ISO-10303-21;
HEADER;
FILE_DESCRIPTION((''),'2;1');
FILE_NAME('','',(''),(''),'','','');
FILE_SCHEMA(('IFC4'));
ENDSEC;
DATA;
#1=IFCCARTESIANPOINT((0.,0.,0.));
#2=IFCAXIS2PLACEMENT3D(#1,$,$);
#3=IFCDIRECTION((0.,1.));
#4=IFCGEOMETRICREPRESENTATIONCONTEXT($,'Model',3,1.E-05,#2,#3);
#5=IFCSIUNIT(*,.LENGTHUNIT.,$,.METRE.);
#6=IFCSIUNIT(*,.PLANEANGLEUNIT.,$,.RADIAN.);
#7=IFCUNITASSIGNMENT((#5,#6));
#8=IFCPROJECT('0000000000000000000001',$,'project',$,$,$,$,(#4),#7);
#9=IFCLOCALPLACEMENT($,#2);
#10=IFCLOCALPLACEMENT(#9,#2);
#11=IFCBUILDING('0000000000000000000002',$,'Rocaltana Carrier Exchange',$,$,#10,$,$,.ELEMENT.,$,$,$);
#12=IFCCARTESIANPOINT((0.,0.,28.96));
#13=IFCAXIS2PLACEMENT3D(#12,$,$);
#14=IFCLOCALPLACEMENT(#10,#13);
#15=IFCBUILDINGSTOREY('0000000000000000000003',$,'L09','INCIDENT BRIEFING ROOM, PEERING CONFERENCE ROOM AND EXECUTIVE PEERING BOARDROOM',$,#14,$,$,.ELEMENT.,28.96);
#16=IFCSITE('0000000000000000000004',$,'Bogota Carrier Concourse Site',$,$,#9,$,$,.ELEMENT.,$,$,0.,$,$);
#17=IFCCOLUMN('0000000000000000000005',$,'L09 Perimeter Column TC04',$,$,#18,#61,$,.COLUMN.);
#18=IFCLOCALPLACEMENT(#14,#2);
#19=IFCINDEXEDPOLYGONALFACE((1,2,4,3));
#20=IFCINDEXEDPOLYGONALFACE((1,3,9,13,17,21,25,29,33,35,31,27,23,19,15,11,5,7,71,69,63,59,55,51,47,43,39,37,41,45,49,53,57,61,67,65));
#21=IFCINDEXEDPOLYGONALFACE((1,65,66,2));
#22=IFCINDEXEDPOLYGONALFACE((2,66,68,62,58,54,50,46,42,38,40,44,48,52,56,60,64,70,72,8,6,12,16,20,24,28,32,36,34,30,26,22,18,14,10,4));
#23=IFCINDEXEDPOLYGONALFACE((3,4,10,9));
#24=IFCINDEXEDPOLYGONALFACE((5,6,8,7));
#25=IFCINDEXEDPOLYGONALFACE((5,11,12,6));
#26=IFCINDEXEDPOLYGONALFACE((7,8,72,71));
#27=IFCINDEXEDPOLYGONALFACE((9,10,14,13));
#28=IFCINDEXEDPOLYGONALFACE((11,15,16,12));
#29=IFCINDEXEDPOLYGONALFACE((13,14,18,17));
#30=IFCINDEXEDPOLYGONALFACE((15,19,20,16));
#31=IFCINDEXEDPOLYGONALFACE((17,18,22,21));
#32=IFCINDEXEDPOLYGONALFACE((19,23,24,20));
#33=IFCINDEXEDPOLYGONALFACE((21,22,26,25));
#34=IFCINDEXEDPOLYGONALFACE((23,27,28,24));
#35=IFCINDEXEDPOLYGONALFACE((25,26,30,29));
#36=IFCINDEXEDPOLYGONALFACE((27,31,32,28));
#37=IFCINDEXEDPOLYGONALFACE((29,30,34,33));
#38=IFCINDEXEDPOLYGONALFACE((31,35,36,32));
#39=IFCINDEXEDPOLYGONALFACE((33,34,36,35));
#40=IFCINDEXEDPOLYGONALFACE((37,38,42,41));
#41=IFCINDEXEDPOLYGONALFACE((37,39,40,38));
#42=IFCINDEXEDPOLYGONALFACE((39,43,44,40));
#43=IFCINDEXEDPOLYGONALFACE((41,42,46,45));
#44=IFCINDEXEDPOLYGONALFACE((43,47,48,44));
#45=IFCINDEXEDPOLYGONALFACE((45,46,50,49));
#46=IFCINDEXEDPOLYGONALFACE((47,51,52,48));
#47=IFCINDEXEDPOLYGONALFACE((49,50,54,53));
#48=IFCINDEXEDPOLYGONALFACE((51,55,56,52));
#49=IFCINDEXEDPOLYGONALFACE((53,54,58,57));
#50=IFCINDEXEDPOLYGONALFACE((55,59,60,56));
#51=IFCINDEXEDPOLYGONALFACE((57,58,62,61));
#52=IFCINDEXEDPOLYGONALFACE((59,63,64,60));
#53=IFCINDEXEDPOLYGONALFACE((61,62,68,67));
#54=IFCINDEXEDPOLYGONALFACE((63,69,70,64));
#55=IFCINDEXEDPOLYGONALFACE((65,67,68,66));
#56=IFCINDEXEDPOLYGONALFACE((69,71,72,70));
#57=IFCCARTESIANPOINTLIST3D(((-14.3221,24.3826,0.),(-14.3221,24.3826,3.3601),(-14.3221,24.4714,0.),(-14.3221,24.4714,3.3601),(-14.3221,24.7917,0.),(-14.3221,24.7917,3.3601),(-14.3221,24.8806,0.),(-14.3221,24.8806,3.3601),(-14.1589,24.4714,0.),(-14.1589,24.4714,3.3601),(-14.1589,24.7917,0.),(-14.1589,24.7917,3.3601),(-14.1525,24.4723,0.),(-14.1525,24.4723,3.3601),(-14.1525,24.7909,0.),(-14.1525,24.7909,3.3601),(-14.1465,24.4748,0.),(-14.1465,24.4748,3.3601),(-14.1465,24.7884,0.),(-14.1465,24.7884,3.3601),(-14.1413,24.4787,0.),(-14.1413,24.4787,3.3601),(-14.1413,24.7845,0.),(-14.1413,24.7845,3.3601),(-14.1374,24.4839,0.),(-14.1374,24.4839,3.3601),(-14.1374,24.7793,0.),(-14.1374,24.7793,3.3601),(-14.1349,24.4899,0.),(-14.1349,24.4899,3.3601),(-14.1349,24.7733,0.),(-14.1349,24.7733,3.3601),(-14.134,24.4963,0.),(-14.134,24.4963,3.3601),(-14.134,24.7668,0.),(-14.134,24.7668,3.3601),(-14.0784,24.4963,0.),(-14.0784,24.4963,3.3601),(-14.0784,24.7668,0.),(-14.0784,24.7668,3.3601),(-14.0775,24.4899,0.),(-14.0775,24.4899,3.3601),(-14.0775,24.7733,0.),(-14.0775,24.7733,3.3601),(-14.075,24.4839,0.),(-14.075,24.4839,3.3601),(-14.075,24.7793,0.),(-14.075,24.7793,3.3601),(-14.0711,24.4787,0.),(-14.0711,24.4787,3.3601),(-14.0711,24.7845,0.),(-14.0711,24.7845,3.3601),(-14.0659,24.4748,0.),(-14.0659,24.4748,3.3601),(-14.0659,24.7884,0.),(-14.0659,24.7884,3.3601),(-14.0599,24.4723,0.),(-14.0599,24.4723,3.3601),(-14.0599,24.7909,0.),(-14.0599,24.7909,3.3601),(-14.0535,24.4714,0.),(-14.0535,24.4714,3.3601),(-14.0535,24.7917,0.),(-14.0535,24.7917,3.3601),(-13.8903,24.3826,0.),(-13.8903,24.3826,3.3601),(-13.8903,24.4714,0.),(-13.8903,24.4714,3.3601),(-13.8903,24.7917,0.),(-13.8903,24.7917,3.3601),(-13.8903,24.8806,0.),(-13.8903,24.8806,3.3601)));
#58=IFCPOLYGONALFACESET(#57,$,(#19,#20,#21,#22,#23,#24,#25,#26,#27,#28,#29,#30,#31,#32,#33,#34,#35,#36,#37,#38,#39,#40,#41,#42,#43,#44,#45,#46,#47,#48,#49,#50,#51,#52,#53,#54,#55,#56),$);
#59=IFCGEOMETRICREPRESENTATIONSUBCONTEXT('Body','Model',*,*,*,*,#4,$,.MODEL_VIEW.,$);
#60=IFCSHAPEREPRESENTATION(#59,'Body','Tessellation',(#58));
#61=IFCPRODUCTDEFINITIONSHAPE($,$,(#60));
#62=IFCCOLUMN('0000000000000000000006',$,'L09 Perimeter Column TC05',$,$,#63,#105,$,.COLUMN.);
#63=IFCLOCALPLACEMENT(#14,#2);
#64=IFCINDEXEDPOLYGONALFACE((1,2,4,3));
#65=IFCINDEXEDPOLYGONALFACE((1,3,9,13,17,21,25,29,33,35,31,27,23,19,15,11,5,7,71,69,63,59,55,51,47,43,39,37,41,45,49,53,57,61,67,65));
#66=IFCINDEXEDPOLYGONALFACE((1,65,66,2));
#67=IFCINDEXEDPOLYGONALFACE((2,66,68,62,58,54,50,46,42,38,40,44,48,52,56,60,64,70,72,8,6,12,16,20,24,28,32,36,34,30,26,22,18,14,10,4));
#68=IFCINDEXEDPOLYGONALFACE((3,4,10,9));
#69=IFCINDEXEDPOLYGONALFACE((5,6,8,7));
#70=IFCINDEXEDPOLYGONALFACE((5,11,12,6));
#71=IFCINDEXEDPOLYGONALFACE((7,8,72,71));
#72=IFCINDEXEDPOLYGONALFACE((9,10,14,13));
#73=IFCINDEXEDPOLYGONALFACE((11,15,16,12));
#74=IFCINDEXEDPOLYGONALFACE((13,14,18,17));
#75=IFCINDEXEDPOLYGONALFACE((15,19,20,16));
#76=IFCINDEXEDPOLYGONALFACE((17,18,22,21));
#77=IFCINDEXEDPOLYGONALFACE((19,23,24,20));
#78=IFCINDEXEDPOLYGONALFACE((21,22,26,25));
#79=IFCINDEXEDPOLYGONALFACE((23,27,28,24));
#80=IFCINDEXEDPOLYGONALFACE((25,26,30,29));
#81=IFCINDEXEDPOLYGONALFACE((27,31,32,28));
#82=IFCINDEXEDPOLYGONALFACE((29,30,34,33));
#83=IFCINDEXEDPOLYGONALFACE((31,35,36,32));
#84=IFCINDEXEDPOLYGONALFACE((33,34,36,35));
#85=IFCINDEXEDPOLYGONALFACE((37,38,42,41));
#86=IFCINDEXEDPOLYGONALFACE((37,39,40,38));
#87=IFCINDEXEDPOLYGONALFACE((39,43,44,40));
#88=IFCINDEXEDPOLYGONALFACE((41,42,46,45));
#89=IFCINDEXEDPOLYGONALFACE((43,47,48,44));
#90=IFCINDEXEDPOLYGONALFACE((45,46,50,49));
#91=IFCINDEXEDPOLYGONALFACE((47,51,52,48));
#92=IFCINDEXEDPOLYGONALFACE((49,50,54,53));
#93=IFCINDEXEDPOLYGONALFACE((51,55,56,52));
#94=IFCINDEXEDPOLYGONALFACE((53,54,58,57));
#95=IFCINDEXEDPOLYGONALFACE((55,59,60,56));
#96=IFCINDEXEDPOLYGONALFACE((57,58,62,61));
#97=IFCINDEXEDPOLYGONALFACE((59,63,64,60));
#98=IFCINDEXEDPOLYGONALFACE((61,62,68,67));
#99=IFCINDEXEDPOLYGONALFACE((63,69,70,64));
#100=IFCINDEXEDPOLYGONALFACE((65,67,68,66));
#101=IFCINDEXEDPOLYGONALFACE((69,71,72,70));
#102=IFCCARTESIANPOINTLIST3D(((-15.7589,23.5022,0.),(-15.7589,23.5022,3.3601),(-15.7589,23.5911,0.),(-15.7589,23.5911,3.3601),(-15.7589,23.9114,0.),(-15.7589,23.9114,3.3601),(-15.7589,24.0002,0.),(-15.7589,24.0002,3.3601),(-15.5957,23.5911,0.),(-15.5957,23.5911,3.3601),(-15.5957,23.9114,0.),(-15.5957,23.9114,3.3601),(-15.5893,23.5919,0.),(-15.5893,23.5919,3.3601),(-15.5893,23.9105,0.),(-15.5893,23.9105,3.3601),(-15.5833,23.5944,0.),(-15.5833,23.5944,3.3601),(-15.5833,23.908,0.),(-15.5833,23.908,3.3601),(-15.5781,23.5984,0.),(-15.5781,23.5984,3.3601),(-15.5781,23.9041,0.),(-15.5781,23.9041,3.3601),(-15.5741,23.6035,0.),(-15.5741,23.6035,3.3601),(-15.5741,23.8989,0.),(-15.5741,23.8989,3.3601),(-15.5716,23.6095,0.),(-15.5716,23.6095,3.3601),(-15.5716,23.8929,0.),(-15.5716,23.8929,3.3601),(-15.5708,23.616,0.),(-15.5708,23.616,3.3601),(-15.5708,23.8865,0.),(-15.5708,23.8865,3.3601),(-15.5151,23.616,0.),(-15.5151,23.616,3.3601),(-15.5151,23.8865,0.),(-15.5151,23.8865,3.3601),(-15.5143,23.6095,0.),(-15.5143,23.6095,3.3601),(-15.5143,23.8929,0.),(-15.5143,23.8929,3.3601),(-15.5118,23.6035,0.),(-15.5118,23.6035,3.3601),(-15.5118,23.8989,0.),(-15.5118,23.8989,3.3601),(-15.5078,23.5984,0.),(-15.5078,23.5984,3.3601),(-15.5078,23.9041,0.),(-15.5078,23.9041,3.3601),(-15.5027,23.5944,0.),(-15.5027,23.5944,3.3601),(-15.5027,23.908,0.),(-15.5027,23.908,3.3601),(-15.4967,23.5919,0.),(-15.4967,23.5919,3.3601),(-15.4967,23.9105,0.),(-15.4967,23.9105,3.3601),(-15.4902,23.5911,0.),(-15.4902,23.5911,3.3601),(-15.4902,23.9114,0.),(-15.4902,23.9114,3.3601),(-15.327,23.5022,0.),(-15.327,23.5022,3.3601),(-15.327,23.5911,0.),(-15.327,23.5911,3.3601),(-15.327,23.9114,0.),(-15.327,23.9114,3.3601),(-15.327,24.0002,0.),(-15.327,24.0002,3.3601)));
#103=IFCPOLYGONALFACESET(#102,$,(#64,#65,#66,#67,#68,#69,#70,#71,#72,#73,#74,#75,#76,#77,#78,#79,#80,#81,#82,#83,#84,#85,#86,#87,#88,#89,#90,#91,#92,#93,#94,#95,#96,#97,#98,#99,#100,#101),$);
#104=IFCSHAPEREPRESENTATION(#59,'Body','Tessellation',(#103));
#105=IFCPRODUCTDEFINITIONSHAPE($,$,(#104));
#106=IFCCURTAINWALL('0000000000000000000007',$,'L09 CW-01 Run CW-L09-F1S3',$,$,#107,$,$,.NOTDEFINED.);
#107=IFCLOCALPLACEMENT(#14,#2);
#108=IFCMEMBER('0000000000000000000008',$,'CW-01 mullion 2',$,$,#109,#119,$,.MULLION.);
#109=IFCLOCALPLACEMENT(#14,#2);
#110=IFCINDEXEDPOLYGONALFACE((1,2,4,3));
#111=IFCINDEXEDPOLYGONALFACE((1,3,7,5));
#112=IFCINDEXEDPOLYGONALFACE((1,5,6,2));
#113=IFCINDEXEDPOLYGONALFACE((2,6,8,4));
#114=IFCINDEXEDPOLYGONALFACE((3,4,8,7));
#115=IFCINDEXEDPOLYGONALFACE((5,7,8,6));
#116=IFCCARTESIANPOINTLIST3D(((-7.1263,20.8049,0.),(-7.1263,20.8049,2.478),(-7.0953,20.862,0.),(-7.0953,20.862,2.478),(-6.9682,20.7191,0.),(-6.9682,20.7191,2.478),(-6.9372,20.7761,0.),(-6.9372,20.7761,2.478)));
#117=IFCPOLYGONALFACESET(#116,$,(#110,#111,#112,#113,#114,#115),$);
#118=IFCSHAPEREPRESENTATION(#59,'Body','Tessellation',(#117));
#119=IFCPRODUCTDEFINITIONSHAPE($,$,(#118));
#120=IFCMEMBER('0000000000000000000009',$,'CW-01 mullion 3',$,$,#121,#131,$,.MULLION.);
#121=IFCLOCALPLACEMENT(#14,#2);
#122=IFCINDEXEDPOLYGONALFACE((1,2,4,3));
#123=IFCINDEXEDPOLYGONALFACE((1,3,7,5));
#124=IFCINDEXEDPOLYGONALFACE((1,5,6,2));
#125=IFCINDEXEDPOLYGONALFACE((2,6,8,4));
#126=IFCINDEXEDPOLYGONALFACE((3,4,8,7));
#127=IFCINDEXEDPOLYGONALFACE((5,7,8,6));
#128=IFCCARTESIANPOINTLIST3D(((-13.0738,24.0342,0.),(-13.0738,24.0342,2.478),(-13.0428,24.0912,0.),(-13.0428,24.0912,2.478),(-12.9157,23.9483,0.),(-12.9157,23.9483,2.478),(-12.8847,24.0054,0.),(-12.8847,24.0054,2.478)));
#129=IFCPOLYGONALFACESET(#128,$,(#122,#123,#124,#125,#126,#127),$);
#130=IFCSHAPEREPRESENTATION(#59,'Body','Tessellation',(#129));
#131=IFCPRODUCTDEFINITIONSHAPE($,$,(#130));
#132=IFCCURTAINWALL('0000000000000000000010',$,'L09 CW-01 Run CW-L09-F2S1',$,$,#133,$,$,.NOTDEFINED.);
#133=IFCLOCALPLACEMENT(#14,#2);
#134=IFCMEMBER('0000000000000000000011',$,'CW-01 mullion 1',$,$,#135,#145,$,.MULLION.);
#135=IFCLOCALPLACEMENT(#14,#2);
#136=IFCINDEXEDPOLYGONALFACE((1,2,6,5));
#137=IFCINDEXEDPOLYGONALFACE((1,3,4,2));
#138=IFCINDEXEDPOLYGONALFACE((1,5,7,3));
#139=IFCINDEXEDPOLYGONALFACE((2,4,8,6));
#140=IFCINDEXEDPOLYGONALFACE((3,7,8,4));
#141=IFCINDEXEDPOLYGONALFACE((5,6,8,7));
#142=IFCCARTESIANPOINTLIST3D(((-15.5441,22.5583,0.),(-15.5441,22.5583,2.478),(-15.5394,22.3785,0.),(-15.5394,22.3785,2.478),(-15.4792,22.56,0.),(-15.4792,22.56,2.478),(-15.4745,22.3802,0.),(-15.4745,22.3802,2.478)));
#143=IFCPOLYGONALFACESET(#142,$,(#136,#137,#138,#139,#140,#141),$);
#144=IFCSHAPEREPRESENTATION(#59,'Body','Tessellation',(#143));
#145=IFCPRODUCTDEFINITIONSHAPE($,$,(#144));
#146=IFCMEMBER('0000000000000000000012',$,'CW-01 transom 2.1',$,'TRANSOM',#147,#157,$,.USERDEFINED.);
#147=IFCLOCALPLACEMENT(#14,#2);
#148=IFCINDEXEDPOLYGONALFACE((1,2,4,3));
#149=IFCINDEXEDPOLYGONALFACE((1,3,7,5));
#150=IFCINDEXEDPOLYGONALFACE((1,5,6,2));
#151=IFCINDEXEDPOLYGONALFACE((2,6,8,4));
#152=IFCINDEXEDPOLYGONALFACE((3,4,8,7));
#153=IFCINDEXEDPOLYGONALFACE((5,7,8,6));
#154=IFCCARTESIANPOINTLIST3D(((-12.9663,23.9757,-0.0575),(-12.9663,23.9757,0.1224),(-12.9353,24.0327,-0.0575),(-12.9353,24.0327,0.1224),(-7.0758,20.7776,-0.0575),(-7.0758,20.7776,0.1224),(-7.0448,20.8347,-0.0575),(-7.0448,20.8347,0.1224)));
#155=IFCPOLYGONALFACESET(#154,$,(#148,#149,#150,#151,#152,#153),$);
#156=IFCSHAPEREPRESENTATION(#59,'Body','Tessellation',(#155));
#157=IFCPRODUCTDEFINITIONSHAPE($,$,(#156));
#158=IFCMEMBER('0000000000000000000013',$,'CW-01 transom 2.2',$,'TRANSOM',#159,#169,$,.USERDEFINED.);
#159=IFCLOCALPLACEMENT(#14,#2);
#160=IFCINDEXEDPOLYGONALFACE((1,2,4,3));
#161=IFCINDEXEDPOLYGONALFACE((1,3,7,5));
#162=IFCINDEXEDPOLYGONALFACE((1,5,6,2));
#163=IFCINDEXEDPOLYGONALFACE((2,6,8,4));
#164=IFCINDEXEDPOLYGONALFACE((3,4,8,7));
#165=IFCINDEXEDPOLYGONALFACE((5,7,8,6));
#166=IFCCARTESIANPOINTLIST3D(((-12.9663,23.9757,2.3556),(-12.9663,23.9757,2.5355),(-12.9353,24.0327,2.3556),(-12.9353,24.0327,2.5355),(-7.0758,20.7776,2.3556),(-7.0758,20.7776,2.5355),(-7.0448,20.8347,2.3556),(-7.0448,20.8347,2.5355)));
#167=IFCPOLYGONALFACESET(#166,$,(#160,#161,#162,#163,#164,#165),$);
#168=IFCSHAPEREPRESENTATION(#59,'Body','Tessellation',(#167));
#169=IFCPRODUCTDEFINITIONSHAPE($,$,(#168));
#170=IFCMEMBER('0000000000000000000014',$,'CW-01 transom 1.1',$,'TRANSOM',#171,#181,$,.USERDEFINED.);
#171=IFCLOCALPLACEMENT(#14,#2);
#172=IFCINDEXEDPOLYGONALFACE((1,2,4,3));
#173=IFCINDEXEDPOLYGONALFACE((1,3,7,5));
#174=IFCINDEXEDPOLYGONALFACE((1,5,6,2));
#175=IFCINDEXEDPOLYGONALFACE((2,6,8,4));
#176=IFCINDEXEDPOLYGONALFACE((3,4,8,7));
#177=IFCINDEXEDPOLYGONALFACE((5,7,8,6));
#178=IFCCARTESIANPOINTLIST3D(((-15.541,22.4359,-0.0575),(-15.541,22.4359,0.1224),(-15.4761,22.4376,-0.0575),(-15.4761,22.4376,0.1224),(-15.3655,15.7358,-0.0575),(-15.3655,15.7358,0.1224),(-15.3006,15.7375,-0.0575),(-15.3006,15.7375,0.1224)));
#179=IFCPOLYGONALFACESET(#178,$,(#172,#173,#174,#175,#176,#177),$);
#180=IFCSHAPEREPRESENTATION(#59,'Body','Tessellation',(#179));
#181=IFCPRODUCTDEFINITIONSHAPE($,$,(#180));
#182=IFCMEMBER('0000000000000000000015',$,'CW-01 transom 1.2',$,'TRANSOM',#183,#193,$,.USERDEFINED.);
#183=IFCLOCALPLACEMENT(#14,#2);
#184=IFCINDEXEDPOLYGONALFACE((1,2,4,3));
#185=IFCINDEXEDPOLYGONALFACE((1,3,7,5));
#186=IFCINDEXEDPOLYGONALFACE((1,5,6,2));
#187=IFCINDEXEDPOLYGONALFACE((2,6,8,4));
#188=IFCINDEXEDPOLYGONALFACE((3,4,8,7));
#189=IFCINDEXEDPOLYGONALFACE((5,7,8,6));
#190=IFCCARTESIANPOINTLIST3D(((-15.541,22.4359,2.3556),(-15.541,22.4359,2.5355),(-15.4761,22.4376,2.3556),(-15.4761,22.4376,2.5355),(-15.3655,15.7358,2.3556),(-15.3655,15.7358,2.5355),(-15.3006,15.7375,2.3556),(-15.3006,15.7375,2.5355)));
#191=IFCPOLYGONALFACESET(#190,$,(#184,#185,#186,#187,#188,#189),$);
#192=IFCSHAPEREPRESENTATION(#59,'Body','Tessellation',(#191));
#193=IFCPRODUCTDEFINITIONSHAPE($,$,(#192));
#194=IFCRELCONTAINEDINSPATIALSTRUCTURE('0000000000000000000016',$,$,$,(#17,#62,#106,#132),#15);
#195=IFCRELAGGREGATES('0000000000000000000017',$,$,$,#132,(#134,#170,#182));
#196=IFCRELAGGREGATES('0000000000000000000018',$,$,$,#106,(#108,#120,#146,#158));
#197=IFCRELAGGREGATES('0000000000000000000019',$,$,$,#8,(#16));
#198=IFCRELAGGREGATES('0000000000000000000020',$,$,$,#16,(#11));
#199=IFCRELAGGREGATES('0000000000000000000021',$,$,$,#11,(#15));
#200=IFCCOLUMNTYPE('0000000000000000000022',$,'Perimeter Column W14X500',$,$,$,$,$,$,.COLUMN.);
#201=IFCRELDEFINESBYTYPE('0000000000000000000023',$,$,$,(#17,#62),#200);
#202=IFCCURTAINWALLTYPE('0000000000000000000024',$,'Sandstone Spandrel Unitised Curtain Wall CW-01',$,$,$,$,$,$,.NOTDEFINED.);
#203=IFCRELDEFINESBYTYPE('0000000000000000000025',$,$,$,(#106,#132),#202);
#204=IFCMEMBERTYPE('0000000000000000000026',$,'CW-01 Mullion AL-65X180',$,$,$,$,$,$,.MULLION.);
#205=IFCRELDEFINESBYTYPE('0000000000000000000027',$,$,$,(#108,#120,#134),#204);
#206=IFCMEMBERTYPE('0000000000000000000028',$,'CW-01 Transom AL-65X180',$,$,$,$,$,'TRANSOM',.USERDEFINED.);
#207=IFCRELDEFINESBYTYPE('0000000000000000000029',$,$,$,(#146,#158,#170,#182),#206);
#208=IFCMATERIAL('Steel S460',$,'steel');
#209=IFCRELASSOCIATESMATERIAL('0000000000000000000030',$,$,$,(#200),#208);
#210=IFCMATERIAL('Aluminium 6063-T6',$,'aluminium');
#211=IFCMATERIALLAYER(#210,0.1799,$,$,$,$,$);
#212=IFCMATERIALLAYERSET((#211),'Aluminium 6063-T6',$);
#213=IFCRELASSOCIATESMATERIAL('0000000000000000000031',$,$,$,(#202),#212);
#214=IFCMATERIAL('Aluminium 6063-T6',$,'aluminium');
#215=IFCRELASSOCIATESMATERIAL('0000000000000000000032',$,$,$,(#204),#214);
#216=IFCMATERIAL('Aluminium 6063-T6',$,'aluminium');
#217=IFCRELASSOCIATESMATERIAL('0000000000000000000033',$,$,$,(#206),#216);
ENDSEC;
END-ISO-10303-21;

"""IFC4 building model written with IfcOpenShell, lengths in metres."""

from ifc_helpers import new_model, si_unit, direction, frame, origin, origin_2d, place, context, subcontext, project, spatial, rectangle, i_section, extrude, material, layer, layer_set, material_profile, profile_set, type_object, element, aggregate, save


model = new_model("IFC4")

# Units and contexts
model_context = context("Model", 3, precision=1e-05, world=origin(), true_north=direction((0.0, 1.0)))
body_context = subcontext(model_context, "Body", "Model", "MODEL_VIEW")
ifc_project = project(units=[si_unit("LENGTHUNIT", "METRE"), si_unit("PLANEANGLEUNIT", "RADIAN")], contexts=[model_context])

# Site, building, storey
site_placement = place(None, origin())
site = spatial("IfcSite", under=ifc_project, at=site_placement, Name="Bogota Carrier Concourse Site", CompositionType="ELEMENT", RefElevation=0.0)
building_placement = place(site_placement, origin())
building = spatial("IfcBuilding", under=site, at=building_placement, Name="Rocaltana Carrier Exchange", CompositionType="ELEMENT")
storey_placement = place(building_placement, frame((0.0, 0.0, 28.96)))
storey = spatial("IfcBuildingStorey", under=building, at=storey_placement, Name="L09", Description="INCIDENT BRIEFING ROOM, PEERING CONFERENCE ROOM AND EXECUTIVE PEERING BOARDROOM", CompositionType="ELEMENT", Elevation=28.96)

# Columns
ifc_material_1 = material(Name="Steel S460", Category="steel")
ifc_material_profile_1 = material_profile(ifc_material_1, i_section(OverallWidth=0.4319, OverallDepth=0.498, WebThickness=0.0557, FlangeThickness=0.0889, FilletRadius=0.0249, at=origin_2d()), Name="W14X500")
ifc_profile_set_1 = profile_set([ifc_material_profile_1], Name="Steel S460")
column_type = type_object("IfcColumnType", Name="Perimeter Column W14X500", PredefinedType="COLUMN", material=ifc_profile_set_1)
for number, where, z_axis, x_axis, name in (
    (1, (-14.1062, 24.6316, 0.0), (0.0, 0.0, 1.0), (1.0, 0.0, 0.0), "L09 Perimeter Column TC04"),
    (2, (-15.543, 23.7512, 0.0), (0.0, 0.0, 1.0), (1.0, 0.0, 0.0), "L09 Perimeter Column TC05"),
):
    element("IfcColumn", number, at=place(storey_placement, frame(where, z_axis=z_axis, x_axis=x_axis)), inside=storey, type_object=column_type, Name=name, PredefinedType="COLUMN", context=body_context, shape_type="SweptSolid", body=[
        extrude(i_section(OverallWidth=0.4319, OverallDepth=0.498, WebThickness=0.0557, FlangeThickness=0.0889, FilletRadius=0.0249, at=origin_2d()), origin(), (0.0, 0.0, 1.0), 3.3601),
    ])

# Curtain wall, members
ifc_material_2 = material(Name="Aluminium 6063-T6", Category="aluminium")
ifc_layer_1 = layer(ifc_material_2, 0.1799)
ifc_layer_set_1 = layer_set([ifc_layer_1], Name="Aluminium 6063-T6")
curtain_wall_type = type_object("IfcCurtainWallType", Name="Sandstone Spandrel Unitised Curtain Wall CW-01", PredefinedType="NOTDEFINED", material=ifc_layer_set_1)
curtain_wall_1_placement = place(storey_placement, origin())
curtain_wall_1 = element("IfcCurtainWall", 3, at=curtain_wall_1_placement, inside=storey, type_object=curtain_wall_type, Name="L09 CW-01 Run CW-L09-F1S3", PredefinedType="NOTDEFINED")
ifc_material_3 = material(Name="Aluminium 6063-T6", Category="aluminium")
ifc_material_profile_2 = material_profile(ifc_material_3, rectangle(XDim=0.0649, YDim=0.1799, at=origin_2d()), Name="AL-65X180")
ifc_profile_set_2 = profile_set([ifc_material_profile_2], Name="Aluminium 6063-T6")
member_type_1 = type_object("IfcMemberType", Name="CW-01 Mullion AL-65X180", PredefinedType="MULLION", material=ifc_profile_set_2)
member_1_placement = place(storey_placement, frame((-7.0317, 20.7905, 0.0), z_axis=(0.0, 0.0, 1.0), x_axis=(-0.477156, -0.878819, 0.0)))
member_1 = element("IfcMember", 4, at=member_1_placement, type_object=member_type_1, Name="CW-01 mullion 2", PredefinedType="MULLION", context=body_context, shape_type="SweptSolid", body=[
    extrude(rectangle(XDim=0.0649, YDim=0.1799, at=origin_2d()), origin(), (0.0, 0.0, 1.0), 2.478),
])
member_2_placement = place(storey_placement, frame((-12.9792, 24.0198, 0.0), z_axis=(0.0, 0.0, 1.0), x_axis=(-0.477156, -0.878819, 0.0)))
member_2 = element("IfcMember", 5, at=member_2_placement, type_object=member_type_1, Name="CW-01 mullion 3", PredefinedType="MULLION", context=body_context, shape_type="SweptSolid", body=[
    extrude(rectangle(XDim=0.0649, YDim=0.1799, at=origin_2d()), origin(), (0.0, 0.0, 1.0), 2.478),
])

# Curtain wall, member
curtain_wall_2_placement = place(storey_placement, origin())
curtain_wall_2 = element("IfcCurtainWall", 6, at=curtain_wall_2_placement, inside=storey, type_object=curtain_wall_type, Name="L09 CW-01 Run CW-L09-F2S1", PredefinedType="NOTDEFINED")
member_3_placement = place(storey_placement, frame((-15.5093, 22.4692, 0.0), z_axis=(0.0, 0.0, 1.0), x_axis=(0.999657, 0.026184, 0.0)))
member_3 = element("IfcMember", 7, at=member_3_placement, type_object=member_type_1, Name="CW-01 mullion 1", PredefinedType="MULLION", context=body_context, shape_type="SweptSolid", body=[
    extrude(rectangle(XDim=0.0649, YDim=0.1799, at=origin_2d()), origin(), (0.0, 0.0, 1.0), 2.478),
])

# Members
ifc_material_4 = material(Name="Aluminium 6063-T6", Category="aluminium")
ifc_material_profile_3 = material_profile(ifc_material_4, rectangle(XDim=0.0649, YDim=0.1799, at=origin_2d()), Name="AL-65X180")
ifc_profile_set_3 = profile_set([ifc_material_profile_3], Name="Aluminium 6063-T6")
member_type_2 = type_object("IfcMemberType", Name="CW-01 Transom AL-65X180", ElementType="TRANSOM", PredefinedType="USERDEFINED", material=ifc_profile_set_3)
member_4_placement = place(storey_placement, frame((-7.0603, 20.8062, 0.0325), z_axis=(-0.878831, 0.477134, 0.0), x_axis=(-0.477134, -0.878831, 0.0)))
member_4 = element("IfcMember", 8, at=member_4_placement, type_object=member_type_2, Name="CW-01 transom 2.1", ObjectType="TRANSOM", PredefinedType="USERDEFINED", context=body_context, shape_type="SweptSolid", body=[
    extrude(rectangle(XDim=0.0649, YDim=0.1799, at=origin_2d()), origin(), (0.0, 0.0, 1.0), 6.7026),
])
member_5_placement = place(storey_placement, frame((-7.0603, 20.8062, 2.4456), z_axis=(-0.878831, 0.477134, 0.0), x_axis=(-0.477134, -0.878831, 0.0)))
member_5 = element("IfcMember", 9, at=member_5_placement, type_object=member_type_2, Name="CW-01 transom 2.2", ObjectType="TRANSOM", PredefinedType="USERDEFINED", context=body_context, shape_type="SweptSolid", body=[
    extrude(rectangle(XDim=0.0649, YDim=0.1799, at=origin_2d()), origin(), (0.0, 0.0, 1.0), 6.7026),
])
member_6_placement = place(storey_placement, frame((-15.5085, 22.4368, 0.0325), z_axis=(0.02619, -0.999657, 0.0), x_axis=(0.999657, 0.02619, 0.0)))
member_6 = element("IfcMember", 10, at=member_6_placement, type_object=member_type_2, Name="CW-01 transom 1.1", ObjectType="TRANSOM", PredefinedType="USERDEFINED", context=body_context, shape_type="SweptSolid", body=[
    extrude(rectangle(XDim=0.0649, YDim=0.1799, at=origin_2d()), origin(), (0.0, 0.0, 1.0), 6.7024),
])
member_7_placement = place(storey_placement, frame((-15.5085, 22.4368, 2.4456), z_axis=(0.02619, -0.999657, 0.0), x_axis=(0.999657, 0.02619, 0.0)))
member_7 = element("IfcMember", 11, at=member_7_placement, type_object=member_type_2, Name="CW-01 transom 1.2", ObjectType="TRANSOM", PredefinedType="USERDEFINED", context=body_context, shape_type="SweptSolid", body=[
    extrude(rectangle(XDim=0.0649, YDim=0.1799, at=origin_2d()), origin(), (0.0, 0.0, 1.0), 6.7024),
])
aggregate(curtain_wall_2, [member_3, member_6, member_7])

aggregate(curtain_wall_1, [member_1, member_2, member_4, member_5])

save(model, "model.ifc")
